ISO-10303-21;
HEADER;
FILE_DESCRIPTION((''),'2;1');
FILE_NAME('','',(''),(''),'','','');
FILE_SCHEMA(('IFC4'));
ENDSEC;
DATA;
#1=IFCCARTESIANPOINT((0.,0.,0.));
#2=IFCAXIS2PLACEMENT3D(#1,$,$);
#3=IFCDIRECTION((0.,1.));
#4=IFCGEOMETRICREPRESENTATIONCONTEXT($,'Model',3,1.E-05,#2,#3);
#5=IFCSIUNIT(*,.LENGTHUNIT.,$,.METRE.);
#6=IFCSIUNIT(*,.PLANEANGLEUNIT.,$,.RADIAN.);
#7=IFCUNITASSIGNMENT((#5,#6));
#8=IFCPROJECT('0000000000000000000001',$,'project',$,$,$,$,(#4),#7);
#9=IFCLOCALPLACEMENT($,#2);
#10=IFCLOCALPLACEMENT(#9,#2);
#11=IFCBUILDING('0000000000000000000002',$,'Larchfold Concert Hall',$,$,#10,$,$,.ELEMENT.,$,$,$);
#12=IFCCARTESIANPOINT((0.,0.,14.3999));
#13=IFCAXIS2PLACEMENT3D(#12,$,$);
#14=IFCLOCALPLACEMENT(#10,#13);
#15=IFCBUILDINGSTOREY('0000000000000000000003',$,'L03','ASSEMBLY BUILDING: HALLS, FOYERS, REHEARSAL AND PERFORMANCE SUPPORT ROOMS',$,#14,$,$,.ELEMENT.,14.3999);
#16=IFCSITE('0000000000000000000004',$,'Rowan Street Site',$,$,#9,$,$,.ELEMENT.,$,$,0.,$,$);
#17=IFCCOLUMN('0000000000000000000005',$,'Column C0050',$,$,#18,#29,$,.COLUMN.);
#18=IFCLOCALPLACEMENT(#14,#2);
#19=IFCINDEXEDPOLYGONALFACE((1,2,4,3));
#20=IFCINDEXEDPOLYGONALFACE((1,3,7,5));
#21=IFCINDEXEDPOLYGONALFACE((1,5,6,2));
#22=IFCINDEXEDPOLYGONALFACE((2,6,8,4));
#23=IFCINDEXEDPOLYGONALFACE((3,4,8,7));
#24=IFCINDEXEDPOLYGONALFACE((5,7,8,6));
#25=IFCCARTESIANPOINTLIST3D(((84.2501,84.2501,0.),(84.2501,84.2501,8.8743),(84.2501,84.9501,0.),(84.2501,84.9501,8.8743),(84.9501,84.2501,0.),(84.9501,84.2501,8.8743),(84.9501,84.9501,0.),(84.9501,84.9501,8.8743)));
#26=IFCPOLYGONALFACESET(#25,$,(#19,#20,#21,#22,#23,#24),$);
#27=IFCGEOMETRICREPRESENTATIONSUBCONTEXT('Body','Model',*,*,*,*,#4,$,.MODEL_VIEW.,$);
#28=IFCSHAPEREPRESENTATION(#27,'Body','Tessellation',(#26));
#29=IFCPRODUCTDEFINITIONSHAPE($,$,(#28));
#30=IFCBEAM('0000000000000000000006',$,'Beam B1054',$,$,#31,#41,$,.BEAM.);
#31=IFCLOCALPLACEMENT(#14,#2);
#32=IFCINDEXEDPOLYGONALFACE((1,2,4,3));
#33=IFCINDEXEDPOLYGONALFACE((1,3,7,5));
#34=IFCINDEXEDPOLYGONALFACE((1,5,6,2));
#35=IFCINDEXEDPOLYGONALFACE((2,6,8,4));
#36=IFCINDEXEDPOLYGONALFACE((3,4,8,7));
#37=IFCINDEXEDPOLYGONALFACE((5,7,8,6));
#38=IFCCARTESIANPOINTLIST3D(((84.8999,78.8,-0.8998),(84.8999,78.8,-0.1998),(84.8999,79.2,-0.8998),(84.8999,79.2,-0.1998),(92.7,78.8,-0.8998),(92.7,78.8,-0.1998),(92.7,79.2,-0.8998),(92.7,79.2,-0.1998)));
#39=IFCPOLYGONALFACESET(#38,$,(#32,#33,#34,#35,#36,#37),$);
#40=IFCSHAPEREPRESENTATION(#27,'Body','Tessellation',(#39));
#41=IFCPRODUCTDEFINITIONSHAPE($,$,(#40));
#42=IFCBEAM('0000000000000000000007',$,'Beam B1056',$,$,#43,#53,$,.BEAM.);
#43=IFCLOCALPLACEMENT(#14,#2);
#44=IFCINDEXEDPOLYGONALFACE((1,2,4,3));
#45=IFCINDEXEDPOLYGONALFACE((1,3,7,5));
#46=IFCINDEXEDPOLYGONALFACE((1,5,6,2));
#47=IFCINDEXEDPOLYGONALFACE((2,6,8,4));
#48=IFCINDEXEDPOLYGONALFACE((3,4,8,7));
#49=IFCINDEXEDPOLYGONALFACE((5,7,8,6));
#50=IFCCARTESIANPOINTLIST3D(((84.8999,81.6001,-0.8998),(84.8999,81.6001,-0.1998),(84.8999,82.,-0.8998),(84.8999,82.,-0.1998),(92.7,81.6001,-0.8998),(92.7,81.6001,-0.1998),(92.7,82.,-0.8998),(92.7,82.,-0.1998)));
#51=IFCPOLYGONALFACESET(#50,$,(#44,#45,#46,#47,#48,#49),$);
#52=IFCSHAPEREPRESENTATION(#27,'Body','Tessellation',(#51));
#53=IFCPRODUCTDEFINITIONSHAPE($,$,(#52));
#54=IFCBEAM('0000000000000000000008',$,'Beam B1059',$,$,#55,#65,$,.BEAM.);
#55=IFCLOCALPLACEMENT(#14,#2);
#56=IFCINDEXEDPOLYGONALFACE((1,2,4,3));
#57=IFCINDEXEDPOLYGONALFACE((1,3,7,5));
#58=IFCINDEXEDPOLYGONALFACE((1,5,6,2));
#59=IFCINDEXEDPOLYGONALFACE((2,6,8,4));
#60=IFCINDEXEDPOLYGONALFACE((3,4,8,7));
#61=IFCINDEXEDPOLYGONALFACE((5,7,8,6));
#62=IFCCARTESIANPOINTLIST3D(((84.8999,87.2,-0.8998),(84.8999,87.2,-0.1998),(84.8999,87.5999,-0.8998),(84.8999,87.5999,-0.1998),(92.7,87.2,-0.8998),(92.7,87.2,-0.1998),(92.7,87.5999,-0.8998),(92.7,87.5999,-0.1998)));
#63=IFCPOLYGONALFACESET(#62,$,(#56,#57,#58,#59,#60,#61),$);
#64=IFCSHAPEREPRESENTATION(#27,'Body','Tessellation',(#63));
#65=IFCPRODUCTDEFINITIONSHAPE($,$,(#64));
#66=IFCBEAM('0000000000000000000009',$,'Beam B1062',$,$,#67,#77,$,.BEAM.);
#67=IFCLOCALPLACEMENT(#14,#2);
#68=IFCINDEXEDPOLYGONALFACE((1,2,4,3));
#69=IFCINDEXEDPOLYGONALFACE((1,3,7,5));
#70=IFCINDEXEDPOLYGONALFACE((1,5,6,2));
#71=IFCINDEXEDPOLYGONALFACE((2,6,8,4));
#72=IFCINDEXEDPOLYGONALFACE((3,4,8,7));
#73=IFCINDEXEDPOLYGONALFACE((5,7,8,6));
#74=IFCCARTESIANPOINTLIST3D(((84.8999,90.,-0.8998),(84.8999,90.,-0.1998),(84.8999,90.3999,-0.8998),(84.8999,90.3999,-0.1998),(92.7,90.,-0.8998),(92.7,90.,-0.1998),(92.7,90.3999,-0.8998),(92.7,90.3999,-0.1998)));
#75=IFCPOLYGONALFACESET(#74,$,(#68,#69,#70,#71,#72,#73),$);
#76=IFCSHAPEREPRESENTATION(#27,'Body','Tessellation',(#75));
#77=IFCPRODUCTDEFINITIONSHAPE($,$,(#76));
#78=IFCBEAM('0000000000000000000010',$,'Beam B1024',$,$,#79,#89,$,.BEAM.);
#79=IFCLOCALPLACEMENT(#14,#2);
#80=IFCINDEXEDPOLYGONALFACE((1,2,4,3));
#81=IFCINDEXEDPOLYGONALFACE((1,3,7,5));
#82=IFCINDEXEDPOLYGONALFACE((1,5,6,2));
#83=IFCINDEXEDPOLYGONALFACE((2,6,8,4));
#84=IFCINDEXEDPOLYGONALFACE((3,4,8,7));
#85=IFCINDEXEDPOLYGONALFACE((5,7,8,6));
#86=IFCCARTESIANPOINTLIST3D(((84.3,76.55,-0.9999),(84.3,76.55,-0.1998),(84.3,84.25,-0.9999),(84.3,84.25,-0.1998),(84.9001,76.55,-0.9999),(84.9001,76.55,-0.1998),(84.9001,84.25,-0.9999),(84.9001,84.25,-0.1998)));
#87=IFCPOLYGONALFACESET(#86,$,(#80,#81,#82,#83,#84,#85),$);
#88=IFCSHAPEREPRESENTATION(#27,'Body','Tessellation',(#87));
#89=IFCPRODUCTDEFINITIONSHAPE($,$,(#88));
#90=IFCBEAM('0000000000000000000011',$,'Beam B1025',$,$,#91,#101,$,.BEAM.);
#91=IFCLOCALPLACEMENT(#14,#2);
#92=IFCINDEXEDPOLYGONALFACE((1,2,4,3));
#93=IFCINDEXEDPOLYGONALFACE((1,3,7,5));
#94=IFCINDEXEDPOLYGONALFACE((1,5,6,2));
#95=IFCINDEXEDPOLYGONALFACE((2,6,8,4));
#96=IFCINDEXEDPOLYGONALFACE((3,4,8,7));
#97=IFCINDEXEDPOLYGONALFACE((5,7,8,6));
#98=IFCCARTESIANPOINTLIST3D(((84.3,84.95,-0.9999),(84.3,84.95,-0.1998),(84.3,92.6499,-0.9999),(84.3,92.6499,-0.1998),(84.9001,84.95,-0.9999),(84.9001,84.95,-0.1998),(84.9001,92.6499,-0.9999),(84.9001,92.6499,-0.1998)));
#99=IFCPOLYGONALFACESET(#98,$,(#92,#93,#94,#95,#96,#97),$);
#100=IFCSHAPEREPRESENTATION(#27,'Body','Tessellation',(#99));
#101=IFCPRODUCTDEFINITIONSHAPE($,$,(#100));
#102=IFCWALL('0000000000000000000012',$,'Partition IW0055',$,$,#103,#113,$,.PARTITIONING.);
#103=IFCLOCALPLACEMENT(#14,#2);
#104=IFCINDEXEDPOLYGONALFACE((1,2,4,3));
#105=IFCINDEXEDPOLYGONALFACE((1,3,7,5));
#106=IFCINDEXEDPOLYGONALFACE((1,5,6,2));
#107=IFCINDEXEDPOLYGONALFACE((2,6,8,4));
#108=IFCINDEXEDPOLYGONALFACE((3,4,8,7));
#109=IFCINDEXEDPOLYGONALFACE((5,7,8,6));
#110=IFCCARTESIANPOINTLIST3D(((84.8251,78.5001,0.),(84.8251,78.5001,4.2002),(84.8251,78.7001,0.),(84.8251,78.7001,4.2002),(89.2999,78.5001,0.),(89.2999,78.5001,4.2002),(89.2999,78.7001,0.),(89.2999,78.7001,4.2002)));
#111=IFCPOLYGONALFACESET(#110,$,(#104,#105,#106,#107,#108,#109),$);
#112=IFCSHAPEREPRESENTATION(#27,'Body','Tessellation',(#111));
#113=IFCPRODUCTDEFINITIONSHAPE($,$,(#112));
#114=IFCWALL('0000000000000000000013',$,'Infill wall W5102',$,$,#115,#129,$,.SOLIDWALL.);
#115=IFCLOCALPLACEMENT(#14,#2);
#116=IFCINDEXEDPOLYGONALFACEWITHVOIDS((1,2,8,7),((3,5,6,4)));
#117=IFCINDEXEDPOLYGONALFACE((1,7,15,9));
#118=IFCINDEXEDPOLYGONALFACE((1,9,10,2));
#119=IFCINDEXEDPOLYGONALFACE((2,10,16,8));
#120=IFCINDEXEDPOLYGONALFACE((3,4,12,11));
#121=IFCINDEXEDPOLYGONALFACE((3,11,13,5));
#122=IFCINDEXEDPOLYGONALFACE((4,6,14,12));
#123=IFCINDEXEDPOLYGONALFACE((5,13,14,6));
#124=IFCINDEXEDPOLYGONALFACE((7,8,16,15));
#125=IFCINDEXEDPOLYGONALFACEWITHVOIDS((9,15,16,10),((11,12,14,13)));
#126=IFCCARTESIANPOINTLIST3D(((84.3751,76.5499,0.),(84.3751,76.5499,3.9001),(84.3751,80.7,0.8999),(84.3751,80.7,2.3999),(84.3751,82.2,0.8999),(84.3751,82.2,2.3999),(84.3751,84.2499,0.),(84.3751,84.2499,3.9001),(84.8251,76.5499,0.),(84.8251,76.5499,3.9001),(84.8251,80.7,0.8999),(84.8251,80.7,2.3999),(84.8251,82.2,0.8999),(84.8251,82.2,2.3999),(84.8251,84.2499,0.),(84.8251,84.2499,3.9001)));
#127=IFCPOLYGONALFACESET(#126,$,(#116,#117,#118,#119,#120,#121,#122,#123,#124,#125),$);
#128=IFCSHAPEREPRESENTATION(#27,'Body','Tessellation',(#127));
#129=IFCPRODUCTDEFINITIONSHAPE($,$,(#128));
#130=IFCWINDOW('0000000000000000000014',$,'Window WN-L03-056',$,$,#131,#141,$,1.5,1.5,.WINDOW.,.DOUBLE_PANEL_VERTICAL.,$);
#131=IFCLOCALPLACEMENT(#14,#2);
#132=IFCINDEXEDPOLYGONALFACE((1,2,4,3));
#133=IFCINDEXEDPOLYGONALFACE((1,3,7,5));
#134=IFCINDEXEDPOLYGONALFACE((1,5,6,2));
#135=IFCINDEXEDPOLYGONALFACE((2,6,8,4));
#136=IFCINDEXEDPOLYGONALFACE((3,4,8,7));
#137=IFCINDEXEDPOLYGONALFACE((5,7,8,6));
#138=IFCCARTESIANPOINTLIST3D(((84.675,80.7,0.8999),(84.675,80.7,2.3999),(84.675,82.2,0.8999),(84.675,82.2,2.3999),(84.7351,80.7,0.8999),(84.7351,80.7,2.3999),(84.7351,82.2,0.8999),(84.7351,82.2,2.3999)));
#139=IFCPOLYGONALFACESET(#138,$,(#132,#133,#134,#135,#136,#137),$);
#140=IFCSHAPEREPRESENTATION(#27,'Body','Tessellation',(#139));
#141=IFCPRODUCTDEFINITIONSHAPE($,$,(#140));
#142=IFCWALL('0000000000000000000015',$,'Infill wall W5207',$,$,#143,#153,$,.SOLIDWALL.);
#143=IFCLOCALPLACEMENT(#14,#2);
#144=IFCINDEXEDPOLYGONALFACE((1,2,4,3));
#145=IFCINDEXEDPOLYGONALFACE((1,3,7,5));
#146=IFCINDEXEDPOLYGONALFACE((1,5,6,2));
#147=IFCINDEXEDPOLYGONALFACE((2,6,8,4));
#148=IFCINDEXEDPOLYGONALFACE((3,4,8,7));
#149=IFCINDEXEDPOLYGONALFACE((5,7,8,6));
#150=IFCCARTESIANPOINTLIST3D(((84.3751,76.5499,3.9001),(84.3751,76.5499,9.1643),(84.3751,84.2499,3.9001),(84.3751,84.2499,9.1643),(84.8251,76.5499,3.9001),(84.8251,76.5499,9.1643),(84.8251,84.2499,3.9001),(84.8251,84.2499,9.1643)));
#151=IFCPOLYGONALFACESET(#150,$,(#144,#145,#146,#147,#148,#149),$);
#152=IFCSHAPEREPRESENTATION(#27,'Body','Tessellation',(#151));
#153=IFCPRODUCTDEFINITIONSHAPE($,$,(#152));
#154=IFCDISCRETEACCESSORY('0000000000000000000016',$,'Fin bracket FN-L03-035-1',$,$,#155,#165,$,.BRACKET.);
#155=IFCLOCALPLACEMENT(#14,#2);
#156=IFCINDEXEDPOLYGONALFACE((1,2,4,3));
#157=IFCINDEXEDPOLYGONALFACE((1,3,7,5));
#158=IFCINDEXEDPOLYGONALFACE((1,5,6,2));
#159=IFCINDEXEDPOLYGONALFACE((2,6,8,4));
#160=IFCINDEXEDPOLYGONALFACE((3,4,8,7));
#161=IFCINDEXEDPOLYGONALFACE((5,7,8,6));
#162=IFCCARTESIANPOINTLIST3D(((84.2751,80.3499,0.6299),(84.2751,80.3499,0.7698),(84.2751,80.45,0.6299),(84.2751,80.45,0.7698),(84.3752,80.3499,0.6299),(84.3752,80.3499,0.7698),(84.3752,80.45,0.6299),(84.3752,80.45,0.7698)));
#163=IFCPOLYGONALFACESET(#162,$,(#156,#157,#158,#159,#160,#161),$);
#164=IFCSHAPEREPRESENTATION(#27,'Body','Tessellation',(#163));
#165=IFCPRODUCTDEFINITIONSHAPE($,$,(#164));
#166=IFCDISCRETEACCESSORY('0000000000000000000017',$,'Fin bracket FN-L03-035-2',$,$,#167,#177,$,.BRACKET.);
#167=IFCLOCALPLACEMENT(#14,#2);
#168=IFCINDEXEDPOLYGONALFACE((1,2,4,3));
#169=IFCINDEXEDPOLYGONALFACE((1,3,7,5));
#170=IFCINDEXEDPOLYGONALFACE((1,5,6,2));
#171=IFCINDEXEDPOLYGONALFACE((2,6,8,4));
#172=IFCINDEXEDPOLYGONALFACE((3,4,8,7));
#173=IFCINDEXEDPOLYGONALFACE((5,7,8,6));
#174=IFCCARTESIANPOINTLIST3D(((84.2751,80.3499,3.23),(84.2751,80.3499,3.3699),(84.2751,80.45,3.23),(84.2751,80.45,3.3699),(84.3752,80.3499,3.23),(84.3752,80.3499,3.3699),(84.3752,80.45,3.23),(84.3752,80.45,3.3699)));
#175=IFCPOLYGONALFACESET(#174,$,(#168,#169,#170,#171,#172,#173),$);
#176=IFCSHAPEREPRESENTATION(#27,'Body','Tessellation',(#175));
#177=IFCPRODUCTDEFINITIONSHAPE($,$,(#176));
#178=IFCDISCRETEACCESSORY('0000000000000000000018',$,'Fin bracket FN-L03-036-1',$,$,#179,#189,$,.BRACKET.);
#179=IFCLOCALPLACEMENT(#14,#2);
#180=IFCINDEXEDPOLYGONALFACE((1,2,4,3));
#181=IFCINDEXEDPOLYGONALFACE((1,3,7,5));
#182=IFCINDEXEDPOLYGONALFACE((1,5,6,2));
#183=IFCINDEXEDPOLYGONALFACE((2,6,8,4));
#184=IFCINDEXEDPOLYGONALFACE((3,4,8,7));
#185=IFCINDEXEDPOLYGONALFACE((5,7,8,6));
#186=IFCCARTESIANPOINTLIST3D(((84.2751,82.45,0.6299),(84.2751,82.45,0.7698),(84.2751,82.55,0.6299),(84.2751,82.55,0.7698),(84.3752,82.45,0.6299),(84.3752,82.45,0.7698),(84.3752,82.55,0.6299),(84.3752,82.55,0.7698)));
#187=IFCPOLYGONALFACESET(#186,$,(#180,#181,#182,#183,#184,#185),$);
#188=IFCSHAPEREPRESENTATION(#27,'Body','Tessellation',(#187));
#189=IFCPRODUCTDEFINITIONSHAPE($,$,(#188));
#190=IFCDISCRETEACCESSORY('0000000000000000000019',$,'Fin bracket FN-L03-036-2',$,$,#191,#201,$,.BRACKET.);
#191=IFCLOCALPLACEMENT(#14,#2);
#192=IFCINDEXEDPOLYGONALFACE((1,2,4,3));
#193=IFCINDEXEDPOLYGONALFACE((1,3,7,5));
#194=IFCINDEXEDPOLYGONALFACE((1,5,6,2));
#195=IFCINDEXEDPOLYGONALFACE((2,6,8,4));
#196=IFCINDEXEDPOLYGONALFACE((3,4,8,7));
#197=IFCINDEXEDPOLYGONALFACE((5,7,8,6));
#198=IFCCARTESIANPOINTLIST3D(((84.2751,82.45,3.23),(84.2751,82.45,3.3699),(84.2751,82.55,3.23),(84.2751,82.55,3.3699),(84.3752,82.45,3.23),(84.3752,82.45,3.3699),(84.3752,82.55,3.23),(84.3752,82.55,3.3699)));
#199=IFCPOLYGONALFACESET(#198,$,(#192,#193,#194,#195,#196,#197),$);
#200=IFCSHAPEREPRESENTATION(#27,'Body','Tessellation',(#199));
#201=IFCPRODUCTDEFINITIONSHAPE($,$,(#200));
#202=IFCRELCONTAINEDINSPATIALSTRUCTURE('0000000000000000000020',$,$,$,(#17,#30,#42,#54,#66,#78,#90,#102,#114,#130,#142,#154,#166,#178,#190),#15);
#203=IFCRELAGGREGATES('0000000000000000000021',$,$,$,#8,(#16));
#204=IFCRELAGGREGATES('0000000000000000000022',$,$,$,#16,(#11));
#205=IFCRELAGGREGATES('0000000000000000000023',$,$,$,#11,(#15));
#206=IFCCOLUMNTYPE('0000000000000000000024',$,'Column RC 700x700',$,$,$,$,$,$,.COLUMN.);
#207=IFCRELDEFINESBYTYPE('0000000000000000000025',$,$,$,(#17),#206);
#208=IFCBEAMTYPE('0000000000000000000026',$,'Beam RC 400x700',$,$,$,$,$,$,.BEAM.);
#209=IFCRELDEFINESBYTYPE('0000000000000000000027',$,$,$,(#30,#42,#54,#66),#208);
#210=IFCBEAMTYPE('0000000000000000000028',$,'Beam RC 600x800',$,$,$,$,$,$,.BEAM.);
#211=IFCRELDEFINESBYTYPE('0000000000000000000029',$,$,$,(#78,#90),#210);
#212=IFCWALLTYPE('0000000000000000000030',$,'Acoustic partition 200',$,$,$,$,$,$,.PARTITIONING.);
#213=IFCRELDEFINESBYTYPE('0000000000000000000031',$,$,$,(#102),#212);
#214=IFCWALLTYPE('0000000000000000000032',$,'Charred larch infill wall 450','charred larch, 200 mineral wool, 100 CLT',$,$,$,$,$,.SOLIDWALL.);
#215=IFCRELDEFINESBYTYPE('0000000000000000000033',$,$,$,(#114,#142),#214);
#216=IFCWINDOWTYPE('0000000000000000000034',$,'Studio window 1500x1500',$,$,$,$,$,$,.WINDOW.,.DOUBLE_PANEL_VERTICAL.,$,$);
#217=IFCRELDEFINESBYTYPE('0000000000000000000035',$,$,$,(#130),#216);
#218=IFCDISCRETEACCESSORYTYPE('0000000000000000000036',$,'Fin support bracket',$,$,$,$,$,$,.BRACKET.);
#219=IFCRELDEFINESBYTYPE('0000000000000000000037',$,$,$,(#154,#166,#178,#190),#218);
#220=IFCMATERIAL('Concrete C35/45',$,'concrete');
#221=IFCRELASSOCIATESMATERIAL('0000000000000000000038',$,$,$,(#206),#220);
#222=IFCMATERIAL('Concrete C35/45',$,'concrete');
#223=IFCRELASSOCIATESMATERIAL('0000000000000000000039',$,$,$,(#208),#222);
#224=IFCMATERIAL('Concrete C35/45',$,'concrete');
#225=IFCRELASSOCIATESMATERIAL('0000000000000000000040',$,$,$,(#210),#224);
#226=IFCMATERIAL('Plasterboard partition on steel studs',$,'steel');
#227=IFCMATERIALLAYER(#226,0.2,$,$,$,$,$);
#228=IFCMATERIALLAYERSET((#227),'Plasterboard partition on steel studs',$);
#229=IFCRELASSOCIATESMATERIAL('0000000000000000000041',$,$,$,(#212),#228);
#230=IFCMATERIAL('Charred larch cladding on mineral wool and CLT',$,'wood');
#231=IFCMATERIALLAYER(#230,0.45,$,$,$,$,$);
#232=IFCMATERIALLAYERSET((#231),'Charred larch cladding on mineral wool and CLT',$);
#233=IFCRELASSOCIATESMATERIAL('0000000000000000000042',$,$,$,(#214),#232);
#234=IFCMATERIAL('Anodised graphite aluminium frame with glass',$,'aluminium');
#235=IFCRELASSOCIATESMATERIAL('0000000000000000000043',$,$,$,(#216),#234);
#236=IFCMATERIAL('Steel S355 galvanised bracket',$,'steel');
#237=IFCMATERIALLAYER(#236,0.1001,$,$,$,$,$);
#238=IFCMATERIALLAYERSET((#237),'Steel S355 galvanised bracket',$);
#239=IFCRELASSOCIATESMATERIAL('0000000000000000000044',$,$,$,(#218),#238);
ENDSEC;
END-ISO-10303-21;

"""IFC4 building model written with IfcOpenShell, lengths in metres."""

from ifc_helpers import new_model, si_unit, direction, frame, frame_2d, origin, origin_2d, place, context, subcontext, project, spatial, rectangle, extrude, material, layer, layer_set, material_profile, profile_set, type_object, element, fill, save


model = new_model("IFC4")

# Units and contexts
model_context = context("Model", 3, precision=1e-05, world=origin(), true_north=direction((0.0, 1.0)))
body_context = subcontext(model_context, "Body", "Model", "MODEL_VIEW")
ifc_project = project(units=[si_unit("LENGTHUNIT", "METRE"), si_unit("PLANEANGLEUNIT", "RADIAN")], contexts=[model_context])

# Site, building, storey
site_placement = place(None, origin())
site = spatial("IfcSite", under=ifc_project, at=site_placement, Name="Rowan Street Site", CompositionType="ELEMENT", RefElevation=0.0)
building_placement = place(site_placement, origin())
building = spatial("IfcBuilding", under=site, at=building_placement, Name="Larchfold Concert Hall", CompositionType="ELEMENT")
storey_placement = place(building_placement, frame((0.0, 0.0, 14.3999)))
storey = spatial("IfcBuildingStorey", under=building, at=storey_placement, Name="L03", Description="ASSEMBLY BUILDING: HALLS, FOYERS, REHEARSAL AND PERFORMANCE SUPPORT ROOMS", CompositionType="ELEMENT", Elevation=14.3999)

# Column
ifc_material_1 = material(Name="Concrete C35/45", Category="concrete")
ifc_material_profile_1 = material_profile(ifc_material_1, rectangle(XDim=0.7, YDim=0.7, at=origin_2d()))
ifc_profile_set_1 = profile_set([ifc_material_profile_1], Name="Concrete C35/45")
column_type = type_object("IfcColumnType", Name="Column RC 700x700", PredefinedType="COLUMN", material=ifc_profile_set_1)
column_placement = place(storey_placement, frame((84.6001, 84.6001, 0.0), z_axis=(0.0, 0.0, 1.0), x_axis=(1.0, 0.0, 0.0)))
element("IfcColumn", 1, at=column_placement, inside=storey, type_object=column_type, Name="Column C0050", PredefinedType="COLUMN", context=body_context, shape_type="SweptSolid", body=[
    extrude(rectangle(XDim=0.7, YDim=0.7, at=origin_2d()), origin(), (0.0, 0.0, 1.0), 8.8743),
])

# Beams
ifc_material_2 = material(Name="Concrete C35/45", Category="concrete")
ifc_material_profile_2 = material_profile(ifc_material_2, rectangle(XDim=0.3999, YDim=0.7, at=origin_2d()))
ifc_profile_set_2 = profile_set([ifc_material_profile_2], Name="Concrete C35/45")
beam_type_1 = type_object("IfcBeamType", Name="Beam RC 400x700", PredefinedType="BEAM", material=ifc_profile_set_2)
for number, where, z_axis, x_axis, name in (
    (2, (84.8999, 79.0, -0.5498), (1.0, 0.0, 0.0), (0.0, 1.0, 0.0), "Beam B1054"),
    (3, (84.8999, 81.8, -0.5498), (1.0, 0.0, 0.0), (0.0, 1.0, 0.0), "Beam B1056"),
    (4, (84.8999, 87.3999, -0.5498), (1.0, 0.0, 0.0), (0.0, 1.0, 0.0), "Beam B1059"),
    (5, (84.8999, 90.2, -0.5498), (1.0, 0.0, 0.0), (0.0, 1.0, 0.0), "Beam B1062"),
):
    element("IfcBeam", number, at=place(storey_placement, frame(where, z_axis=z_axis, x_axis=x_axis)), inside=storey, type_object=beam_type_1, Name=name, PredefinedType="BEAM", context=body_context, shape_type="SweptSolid", body=[
        extrude(rectangle(XDim=0.3999, YDim=0.7, at=origin_2d()), origin(), (0.0, 0.0, 1.0), 7.8),
    ])
ifc_material_3 = material(Name="Concrete C35/45", Category="concrete")
ifc_material_profile_3 = material_profile(ifc_material_3, rectangle(XDim=0.6001, YDim=0.8, at=origin_2d()))
ifc_profile_set_3 = profile_set([ifc_material_profile_3], Name="Concrete C35/45")
beam_type_2 = type_object("IfcBeamType", Name="Beam RC 600x800", PredefinedType="BEAM", material=ifc_profile_set_3)
for number, where, z_axis, x_axis, name in (
    (6, (84.6001, 76.55, -0.5999), (0.0, 1.0, 0.0), (-1.0, 0.0, 0.0), "Beam B1024"),
    (7, (84.6001, 84.95, -0.5999), (0.0, 1.0, 0.0), (-1.0, 0.0, 0.0), "Beam B1025"),
):
    element("IfcBeam", number, at=place(storey_placement, frame(where, z_axis=z_axis, x_axis=x_axis)), inside=storey, type_object=beam_type_2, Name=name, PredefinedType="BEAM", context=body_context, shape_type="SweptSolid", body=[
        extrude(rectangle(XDim=0.6001, YDim=0.8, at=origin_2d()), origin(), (0.0, 0.0, 1.0), 7.7),
    ])

# Wall
ifc_material_4 = material(Name="Plasterboard partition on steel studs", Category="steel")
ifc_layer_1 = layer(ifc_material_4, 0.2)
ifc_layer_set_1 = layer_set([ifc_layer_1], Name="Plasterboard partition on steel studs")
wall_type_1 = type_object("IfcWallType", Name="Acoustic partition 200", PredefinedType="PARTITIONING", material=ifc_layer_set_1)
wall_1_placement = place(storey_placement, frame((84.8252, 78.6001, 0.0), z_axis=(0.0, 0.0, 1.0), x_axis=(1.0, 0.0, 0.0)))
element("IfcWall", 8, at=wall_1_placement, inside=storey, type_object=wall_type_1, Name="Partition IW0055", PredefinedType="PARTITIONING", context=body_context, shape_type="SweptSolid", body=[
    extrude(rectangle(XDim=4.4749, YDim=0.2, at=frame_2d((2.2373, 0.0))), origin(), (0.0, 0.0, 1.0), 4.2002),
])

# Wall, opening, window
ifc_material_5 = material(Name="Charred larch cladding on mineral wool and CLT", Category="wood")
ifc_layer_2 = layer(ifc_material_5, 0.45)
ifc_layer_set_2 = layer_set([ifc_layer_2], Name="Charred larch cladding on mineral wool and CLT")
wall_type_2 = type_object("IfcWallType", Name="Charred larch infill wall 450", Description="charred larch, 200 mineral wool, 100 CLT", PredefinedType="SOLIDWALL", material=ifc_layer_set_2)
wall_2_placement = place(storey_placement, frame((84.6001, 84.25, 0.0), z_axis=(0.0, 0.0, 1.0), x_axis=(0.0, -1.0, 0.0)))
wall_2 = element("IfcWall", 9, at=wall_2_placement, inside=storey, type_object=wall_type_2, Name="Infill wall W5102", PredefinedType="SOLIDWALL", context=body_context, shape_type="SweptSolid", body=[
    extrude(rectangle(XDim=7.7, YDim=0.45, at=frame_2d((3.8501, 0.0))), origin(), (0.0, 0.0, 1.0), 3.9001),
])
opening_placement = place(wall_2_placement, frame((2.05, 0.0, 0.8999)))
opening = element("IfcOpeningElement", 10, at=opening_placement, cuts=wall_2, PredefinedType="OPENING", context=body_context, shape_type="SweptSolid", body=[
    extrude(rectangle(XDim=1.5, YDim=1.5, at=frame_2d((0.75, 0.75))), frame((0.0, 0.2349, 0.0), z_axis=(0.0, -1.0, 0.0), x_axis=(1.0, 0.0, 0.0)), (0.0, 0.0, 1.0), 0.47),
])
ifc_material_6 = material(Name="Anodised graphite aluminium frame with glass", Category="aluminium")
window_type = type_object("IfcWindowType", Name="Studio window 1500x1500", PartitioningType="DOUBLE_PANEL_VERTICAL", PredefinedType="WINDOW", material=ifc_material_6)
window_placement = place(opening_placement, origin())
window = element("IfcWindow", 11, at=window_placement, inside=storey, type_object=window_type, Name="Window WN-L03-056", OverallHeight=1.5, OverallWidth=1.5, PartitioningType="DOUBLE_PANEL_VERTICAL", PredefinedType="WINDOW", context=body_context, shape_type="SweptSolid", body=[
    extrude(rectangle(XDim=1.5, YDim=1.5, at=frame_2d((0.75, 0.75))), frame((0.0, 0.135, 0.0), z_axis=(0.0, -1.0, 0.0), x_axis=(1.0, 0.0, 0.0)), (0.0, 0.0, 1.0), 0.0601),
])
fill(opening, window)

# Wall
wall_3_placement = place(storey_placement, frame((84.6001, 84.25, 3.9001), z_axis=(0.0, 0.0, 1.0), x_axis=(0.0, -1.0, 0.0)))
element("IfcWall", 12, at=wall_3_placement, inside=storey, type_object=wall_type_2, Name="Infill wall W5207", PredefinedType="SOLIDWALL", context=body_context, shape_type="SweptSolid", body=[
    extrude(rectangle(XDim=7.7, YDim=0.45, at=frame_2d((3.8501, 0.0))), origin(), (0.0, 0.0, 1.0), 5.2642),
])

# Discrete accessories
ifc_material_7 = material(Name="Steel S355 galvanised bracket", Category="steel")
ifc_layer_3 = layer(ifc_material_7, 0.1001)
ifc_layer_set_3 = layer_set([ifc_layer_3], Name="Steel S355 galvanised bracket")
discrete_accessory_type = type_object("IfcDiscreteAccessoryType", Name="Fin support bracket", PredefinedType="BRACKET", material=ifc_layer_set_3)
for number, where, z_axis, x_axis, name in (
    (13, (84.3252, 80.3999, 0.6299), (0.0, 0.0, 1.0), (-1.0, 0.0, 0.0), "Fin bracket FN-L03-035-1"),
    (14, (84.3252, 80.3999, 3.23), (0.0, 0.0, 1.0), (-1.0, 0.0, 0.0), "Fin bracket FN-L03-035-2"),
    (15, (84.3252, 82.5, 0.6299), (0.0, 0.0, 1.0), (-1.0, 0.0, 0.0), "Fin bracket FN-L03-036-1"),
    (16, (84.3252, 82.5, 3.23), (0.0, 0.0, 1.0), (-1.0, 0.0, 0.0), "Fin bracket FN-L03-036-2"),
):
    element("IfcDiscreteAccessory", number, at=place(storey_placement, frame(where, z_axis=z_axis, x_axis=x_axis)), inside=storey, type_object=discrete_accessory_type, Name=name, PredefinedType="BRACKET", context=body_context, shape_type="SweptSolid", body=[
        extrude(rectangle(XDim=0.1001, YDim=0.1001, at=origin_2d()), origin(), (0.0, 0.0, 1.0), 0.1399),
    ])

save(model, "model.ifc")
